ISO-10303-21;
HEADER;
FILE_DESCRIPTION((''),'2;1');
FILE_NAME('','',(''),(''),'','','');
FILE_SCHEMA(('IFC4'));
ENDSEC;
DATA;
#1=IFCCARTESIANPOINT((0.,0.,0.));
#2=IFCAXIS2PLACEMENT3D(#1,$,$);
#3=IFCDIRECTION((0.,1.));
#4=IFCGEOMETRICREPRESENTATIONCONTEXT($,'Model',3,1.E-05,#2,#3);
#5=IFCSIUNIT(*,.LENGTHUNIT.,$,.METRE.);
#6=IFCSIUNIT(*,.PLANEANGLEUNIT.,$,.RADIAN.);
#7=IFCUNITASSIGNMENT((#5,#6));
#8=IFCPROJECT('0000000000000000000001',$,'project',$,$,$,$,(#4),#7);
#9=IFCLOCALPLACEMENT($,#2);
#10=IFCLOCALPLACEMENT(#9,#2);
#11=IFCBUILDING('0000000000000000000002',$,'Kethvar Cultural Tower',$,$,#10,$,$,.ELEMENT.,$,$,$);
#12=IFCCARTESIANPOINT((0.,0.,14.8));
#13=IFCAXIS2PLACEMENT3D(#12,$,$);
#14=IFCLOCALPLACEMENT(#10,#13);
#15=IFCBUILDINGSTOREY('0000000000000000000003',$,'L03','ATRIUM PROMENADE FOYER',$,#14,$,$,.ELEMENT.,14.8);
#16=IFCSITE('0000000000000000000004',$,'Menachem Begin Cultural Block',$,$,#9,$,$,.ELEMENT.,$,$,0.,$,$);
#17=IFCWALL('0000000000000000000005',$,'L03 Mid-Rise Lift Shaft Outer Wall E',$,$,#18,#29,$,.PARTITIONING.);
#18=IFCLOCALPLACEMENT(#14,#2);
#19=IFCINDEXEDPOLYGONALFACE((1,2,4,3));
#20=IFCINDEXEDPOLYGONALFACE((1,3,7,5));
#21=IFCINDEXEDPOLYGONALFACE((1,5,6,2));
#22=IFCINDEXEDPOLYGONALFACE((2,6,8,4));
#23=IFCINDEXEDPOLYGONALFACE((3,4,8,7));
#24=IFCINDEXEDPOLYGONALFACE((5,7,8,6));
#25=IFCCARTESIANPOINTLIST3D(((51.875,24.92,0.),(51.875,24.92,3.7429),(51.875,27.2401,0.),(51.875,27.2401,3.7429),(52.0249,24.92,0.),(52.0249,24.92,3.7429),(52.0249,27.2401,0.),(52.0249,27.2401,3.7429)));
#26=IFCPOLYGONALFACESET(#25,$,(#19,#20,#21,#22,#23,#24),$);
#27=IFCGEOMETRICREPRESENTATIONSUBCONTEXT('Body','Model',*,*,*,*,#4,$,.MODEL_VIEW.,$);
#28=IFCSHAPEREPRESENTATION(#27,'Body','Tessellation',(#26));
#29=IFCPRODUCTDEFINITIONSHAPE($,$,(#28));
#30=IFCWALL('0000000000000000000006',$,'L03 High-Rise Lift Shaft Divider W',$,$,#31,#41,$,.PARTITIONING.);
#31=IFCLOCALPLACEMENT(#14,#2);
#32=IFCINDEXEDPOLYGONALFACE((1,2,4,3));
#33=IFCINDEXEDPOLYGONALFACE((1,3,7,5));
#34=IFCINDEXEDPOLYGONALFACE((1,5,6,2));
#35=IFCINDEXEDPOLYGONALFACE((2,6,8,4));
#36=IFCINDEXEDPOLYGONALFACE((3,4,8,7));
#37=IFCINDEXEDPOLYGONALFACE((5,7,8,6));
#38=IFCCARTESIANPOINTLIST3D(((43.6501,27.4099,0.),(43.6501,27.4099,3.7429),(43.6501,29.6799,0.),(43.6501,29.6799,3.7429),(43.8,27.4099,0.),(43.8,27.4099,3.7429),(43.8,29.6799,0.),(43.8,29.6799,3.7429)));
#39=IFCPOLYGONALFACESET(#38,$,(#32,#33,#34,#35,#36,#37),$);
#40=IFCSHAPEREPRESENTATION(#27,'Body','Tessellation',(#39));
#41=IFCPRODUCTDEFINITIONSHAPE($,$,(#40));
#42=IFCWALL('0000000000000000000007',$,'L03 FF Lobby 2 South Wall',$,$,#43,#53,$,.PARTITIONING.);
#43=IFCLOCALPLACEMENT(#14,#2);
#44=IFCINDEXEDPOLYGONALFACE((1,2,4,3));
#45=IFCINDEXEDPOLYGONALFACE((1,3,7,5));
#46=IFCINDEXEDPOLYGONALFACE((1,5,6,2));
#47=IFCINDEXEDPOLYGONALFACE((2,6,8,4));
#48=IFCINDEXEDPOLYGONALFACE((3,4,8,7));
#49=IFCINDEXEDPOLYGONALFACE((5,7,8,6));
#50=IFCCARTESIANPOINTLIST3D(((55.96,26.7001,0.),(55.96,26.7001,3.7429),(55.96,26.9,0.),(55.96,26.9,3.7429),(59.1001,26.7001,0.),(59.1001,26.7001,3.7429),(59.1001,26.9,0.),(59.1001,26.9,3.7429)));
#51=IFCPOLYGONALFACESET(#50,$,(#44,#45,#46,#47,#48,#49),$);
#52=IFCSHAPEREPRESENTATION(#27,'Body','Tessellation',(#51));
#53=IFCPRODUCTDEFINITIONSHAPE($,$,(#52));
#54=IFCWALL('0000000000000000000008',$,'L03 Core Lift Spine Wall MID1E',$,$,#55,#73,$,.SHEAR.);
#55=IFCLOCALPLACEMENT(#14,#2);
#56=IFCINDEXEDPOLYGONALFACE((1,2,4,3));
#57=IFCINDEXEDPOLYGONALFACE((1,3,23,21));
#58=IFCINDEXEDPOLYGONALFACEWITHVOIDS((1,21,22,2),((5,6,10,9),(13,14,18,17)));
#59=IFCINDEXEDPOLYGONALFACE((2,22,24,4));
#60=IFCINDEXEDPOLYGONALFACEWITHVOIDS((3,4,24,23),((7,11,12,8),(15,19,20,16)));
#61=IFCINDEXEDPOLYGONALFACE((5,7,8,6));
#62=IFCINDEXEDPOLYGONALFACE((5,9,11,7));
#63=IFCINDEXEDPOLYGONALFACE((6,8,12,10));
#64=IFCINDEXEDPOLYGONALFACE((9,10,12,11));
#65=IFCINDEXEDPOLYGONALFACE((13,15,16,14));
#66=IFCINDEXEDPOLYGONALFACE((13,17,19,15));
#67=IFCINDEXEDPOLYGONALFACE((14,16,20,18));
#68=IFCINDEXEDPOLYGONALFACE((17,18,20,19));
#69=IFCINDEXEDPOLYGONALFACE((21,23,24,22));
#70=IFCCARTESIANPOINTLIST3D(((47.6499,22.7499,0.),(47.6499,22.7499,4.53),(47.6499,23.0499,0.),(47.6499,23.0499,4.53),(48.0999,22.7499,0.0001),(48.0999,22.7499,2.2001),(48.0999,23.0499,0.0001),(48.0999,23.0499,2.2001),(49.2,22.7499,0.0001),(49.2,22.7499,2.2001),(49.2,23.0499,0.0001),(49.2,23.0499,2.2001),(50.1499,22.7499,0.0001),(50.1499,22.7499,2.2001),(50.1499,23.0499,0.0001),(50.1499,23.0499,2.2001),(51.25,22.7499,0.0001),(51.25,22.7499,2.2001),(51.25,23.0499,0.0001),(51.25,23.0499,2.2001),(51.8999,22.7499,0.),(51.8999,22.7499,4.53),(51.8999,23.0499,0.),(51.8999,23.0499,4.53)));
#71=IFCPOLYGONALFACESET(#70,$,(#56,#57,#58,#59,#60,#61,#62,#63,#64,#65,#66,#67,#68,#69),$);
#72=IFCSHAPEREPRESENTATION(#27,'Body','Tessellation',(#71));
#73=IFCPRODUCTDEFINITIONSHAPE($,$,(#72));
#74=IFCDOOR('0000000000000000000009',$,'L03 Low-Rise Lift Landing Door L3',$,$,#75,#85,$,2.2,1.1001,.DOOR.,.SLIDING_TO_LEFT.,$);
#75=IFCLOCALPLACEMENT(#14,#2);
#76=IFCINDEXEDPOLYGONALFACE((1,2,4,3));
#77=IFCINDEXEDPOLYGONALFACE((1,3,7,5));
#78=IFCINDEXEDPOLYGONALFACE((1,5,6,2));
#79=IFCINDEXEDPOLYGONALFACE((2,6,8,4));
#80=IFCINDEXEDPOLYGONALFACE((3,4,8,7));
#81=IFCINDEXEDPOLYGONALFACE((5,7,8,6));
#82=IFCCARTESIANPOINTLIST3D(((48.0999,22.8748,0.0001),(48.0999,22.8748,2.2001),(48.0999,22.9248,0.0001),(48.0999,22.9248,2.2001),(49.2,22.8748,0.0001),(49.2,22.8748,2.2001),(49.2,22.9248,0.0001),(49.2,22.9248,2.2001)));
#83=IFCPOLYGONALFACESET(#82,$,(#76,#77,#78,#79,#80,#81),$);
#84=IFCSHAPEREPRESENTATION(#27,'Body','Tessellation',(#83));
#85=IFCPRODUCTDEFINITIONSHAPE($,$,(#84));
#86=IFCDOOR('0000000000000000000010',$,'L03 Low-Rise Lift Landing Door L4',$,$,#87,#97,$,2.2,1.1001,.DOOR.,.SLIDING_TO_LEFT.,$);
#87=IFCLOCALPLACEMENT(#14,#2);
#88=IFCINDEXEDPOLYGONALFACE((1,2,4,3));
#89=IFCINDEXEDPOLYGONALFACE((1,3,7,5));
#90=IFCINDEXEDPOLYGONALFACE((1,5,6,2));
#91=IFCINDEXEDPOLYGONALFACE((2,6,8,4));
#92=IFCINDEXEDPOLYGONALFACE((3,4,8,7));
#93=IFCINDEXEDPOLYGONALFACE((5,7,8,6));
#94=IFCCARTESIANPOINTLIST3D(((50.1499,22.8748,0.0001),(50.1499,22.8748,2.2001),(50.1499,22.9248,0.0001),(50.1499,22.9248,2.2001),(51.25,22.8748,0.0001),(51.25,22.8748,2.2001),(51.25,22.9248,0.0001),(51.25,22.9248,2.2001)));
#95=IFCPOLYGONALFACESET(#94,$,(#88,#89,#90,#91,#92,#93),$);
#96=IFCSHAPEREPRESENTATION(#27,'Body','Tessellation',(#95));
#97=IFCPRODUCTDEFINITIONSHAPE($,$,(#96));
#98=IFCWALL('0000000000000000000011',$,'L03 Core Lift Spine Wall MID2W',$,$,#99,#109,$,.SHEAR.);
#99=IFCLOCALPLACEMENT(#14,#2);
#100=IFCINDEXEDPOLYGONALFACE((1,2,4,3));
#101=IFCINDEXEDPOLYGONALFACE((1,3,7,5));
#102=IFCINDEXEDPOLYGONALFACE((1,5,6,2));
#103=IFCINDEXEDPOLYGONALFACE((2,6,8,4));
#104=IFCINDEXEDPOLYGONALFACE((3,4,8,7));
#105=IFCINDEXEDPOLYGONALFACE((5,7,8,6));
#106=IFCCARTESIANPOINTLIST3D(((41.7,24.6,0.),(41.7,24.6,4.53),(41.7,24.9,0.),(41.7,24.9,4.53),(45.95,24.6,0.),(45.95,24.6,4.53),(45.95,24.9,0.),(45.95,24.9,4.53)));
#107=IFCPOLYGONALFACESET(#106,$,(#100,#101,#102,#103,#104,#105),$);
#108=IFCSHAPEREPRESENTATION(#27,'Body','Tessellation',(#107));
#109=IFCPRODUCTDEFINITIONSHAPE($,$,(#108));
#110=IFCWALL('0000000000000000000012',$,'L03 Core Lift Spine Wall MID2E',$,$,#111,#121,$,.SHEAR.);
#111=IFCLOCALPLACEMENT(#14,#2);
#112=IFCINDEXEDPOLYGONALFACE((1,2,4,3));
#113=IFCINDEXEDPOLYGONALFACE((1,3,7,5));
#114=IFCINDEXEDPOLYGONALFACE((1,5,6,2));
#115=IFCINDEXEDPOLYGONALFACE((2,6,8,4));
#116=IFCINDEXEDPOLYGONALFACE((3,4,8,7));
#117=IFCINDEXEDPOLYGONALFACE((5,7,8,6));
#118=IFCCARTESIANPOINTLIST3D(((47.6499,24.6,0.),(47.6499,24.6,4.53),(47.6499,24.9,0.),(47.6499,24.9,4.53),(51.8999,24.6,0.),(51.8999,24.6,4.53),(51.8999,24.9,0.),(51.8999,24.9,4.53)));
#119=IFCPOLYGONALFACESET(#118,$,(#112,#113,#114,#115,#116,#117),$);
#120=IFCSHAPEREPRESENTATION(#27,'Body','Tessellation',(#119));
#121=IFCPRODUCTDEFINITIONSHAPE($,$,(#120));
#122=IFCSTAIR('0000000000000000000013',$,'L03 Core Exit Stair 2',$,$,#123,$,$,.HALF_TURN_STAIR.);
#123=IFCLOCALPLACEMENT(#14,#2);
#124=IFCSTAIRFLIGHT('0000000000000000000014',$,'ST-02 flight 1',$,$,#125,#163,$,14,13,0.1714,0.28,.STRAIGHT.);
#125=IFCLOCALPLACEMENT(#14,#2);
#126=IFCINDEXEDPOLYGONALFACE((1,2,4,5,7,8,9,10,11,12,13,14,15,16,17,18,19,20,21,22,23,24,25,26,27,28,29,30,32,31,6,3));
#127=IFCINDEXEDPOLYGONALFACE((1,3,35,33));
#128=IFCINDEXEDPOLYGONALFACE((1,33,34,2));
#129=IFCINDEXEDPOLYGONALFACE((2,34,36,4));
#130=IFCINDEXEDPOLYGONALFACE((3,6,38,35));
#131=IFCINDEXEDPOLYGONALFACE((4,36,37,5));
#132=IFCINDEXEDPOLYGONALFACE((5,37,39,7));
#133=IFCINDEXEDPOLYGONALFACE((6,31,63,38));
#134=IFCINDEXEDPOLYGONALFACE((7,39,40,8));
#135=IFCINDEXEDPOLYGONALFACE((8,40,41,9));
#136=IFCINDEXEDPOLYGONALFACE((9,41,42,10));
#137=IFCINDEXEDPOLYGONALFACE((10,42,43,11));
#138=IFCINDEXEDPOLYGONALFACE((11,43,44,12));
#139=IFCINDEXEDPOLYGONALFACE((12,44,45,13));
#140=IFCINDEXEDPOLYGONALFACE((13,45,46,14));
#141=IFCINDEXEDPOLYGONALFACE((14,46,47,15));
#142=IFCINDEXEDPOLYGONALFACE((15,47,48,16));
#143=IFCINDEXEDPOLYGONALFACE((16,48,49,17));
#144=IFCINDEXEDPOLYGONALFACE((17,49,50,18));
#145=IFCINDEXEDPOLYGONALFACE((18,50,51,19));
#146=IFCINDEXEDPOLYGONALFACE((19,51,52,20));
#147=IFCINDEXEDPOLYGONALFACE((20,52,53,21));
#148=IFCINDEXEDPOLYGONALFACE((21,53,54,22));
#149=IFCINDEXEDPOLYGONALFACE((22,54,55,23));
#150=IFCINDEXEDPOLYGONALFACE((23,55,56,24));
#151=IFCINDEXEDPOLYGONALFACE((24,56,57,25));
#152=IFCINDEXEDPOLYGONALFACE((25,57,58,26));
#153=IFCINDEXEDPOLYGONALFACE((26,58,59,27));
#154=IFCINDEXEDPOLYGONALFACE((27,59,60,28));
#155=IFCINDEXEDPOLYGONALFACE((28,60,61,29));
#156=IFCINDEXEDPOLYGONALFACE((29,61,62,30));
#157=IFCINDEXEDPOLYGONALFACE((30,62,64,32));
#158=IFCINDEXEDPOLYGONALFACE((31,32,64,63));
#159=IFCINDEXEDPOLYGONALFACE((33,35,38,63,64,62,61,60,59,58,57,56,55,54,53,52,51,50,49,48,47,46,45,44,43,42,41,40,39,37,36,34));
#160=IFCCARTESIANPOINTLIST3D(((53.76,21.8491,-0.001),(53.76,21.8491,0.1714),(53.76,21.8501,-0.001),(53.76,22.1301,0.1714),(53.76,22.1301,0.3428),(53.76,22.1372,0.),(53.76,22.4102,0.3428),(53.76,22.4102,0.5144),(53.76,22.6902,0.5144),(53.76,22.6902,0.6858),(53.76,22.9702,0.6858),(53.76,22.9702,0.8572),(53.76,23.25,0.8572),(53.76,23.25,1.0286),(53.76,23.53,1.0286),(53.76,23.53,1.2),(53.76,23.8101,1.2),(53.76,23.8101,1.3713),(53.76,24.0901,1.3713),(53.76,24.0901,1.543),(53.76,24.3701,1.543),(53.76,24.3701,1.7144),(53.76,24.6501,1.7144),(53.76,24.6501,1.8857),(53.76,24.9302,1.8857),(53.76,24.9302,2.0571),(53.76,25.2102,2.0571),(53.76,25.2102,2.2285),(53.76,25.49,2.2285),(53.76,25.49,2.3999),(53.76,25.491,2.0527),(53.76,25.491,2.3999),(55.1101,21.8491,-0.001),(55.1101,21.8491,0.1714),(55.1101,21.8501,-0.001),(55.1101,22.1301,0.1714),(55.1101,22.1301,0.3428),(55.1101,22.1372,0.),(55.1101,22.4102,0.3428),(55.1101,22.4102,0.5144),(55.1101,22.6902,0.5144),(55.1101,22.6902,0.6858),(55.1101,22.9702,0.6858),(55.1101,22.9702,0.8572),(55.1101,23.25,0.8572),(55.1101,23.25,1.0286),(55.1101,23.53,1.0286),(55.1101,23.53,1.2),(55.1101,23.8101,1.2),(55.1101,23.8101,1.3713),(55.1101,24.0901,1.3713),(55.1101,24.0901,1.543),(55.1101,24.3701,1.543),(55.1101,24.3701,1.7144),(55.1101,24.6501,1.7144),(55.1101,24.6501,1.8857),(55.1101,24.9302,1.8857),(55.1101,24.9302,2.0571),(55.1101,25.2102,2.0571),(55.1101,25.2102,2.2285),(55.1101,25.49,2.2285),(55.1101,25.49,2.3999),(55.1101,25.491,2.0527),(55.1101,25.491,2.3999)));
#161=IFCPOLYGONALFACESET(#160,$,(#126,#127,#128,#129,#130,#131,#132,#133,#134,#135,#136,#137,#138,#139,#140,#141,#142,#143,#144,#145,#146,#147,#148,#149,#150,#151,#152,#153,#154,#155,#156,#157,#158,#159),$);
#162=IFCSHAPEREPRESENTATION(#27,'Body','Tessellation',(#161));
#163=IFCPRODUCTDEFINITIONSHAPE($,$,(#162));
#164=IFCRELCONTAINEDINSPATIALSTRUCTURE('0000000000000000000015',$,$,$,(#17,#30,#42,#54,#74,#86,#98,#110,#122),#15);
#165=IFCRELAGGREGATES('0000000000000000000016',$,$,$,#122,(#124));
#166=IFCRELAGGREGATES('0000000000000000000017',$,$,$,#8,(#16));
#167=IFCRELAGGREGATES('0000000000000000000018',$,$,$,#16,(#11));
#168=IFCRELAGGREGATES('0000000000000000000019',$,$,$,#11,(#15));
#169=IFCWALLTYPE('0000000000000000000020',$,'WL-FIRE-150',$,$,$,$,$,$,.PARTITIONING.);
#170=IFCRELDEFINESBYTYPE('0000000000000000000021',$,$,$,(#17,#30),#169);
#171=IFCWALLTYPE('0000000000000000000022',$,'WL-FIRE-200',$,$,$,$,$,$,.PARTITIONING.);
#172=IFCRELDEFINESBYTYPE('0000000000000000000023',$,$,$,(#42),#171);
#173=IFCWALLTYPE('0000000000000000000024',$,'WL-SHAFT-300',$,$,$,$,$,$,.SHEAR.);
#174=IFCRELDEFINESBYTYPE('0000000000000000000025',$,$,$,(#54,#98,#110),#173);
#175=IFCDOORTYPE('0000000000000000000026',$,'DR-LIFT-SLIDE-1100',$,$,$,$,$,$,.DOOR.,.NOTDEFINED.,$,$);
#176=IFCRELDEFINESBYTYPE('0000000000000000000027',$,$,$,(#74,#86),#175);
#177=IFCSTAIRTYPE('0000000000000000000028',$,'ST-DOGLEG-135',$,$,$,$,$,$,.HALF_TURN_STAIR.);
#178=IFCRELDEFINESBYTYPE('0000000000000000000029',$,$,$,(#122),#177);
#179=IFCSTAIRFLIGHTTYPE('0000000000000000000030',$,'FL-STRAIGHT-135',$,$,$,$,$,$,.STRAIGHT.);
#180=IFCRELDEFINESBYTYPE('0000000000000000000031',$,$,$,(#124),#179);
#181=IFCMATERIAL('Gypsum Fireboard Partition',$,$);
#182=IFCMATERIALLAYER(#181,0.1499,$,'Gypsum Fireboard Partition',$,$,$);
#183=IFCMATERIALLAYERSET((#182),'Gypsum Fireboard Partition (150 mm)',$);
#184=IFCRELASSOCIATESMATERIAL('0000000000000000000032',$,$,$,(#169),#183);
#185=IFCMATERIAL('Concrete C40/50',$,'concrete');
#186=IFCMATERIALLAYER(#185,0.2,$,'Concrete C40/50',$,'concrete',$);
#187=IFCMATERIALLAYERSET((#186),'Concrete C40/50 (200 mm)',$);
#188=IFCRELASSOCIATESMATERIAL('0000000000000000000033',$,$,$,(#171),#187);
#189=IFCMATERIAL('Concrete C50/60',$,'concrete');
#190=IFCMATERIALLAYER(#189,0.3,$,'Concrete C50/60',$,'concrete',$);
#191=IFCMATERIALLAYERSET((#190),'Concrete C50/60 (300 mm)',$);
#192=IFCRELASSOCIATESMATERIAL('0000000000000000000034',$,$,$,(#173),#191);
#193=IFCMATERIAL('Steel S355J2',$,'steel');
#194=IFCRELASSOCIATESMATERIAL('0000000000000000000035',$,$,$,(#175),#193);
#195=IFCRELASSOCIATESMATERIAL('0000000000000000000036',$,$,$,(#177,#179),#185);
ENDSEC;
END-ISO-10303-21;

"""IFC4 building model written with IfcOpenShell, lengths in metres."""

from ifc_helpers import new_model, si_unit, direction, frame, frame_2d, origin, place, context, subcontext, project, spatial, polyline, rectangle, outline, extrude, source, transform, mapped, material, layer, layer_set, type_object, element, fill, aggregate, save


model = new_model("IFC4")

# Units and contexts
model_context = context("Model", 3, precision=1e-05, world=origin(), true_north=direction((0.0, 1.0)))
body_context = subcontext(model_context, "Body", "Model", "MODEL_VIEW")
ifc_project = project(units=[si_unit("LENGTHUNIT", "METRE"), si_unit("PLANEANGLEUNIT", "RADIAN")], contexts=[model_context])

# Site, building, storey
site_placement = place(None, origin())
site = spatial("IfcSite", under=ifc_project, at=site_placement, Name="Menachem Begin Cultural Block", CompositionType="ELEMENT", RefElevation=0.0)
building_placement = place(site_placement, origin())
building = spatial("IfcBuilding", under=site, at=building_placement, Name="Kethvar Cultural Tower", CompositionType="ELEMENT")
storey_placement = place(building_placement, frame((0.0, 0.0, 14.8)))
storey = spatial("IfcBuildingStorey", under=building, at=storey_placement, Name="L03", Description="ATRIUM PROMENADE FOYER", CompositionType="ELEMENT", Elevation=14.8)

# Shared definitions
ifc_material_1 = material(Name="Steel S355J2", Category="steel")

# Walls
ifc_material_2 = material(Name="Gypsum Fireboard Partition")
ifc_layer_1 = layer(ifc_material_2, 0.1499, Name="Gypsum Fireboard Partition")
ifc_layer_set_1 = layer_set([ifc_layer_1], Name="Gypsum Fireboard Partition (150 mm)")
wall_type_1 = type_object("IfcWallType", Name="WL-FIRE-150", PredefinedType="PARTITIONING", material=ifc_layer_set_1)
for number, where, z_axis, x_axis, name in (
    (1, (51.95, 24.9199, 0.0), (0.0, 0.0, 1.0), (0.0, 1.0, 0.0), "L03 Mid-Rise Lift Shaft Outer Wall E"),
):
    element("IfcWall", number, at=place(storey_placement, frame(where, z_axis=z_axis, x_axis=x_axis)), inside=storey, type_object=wall_type_1, Name=name, PredefinedType="PARTITIONING", context=body_context, shape_type="SweptSolid", body=[
        extrude(rectangle(XDim=2.3201, YDim=0.1499, at=frame_2d((1.1602, 0.0))), origin(), (0.0, 0.0, 1.0), 3.7429),
    ])
wall_1_placement = place(storey_placement, frame((43.7251, 27.4099, 0.0), z_axis=(0.0, 0.0, 1.0), x_axis=(0.0, 1.0, 0.0)))
element("IfcWall", 2, at=wall_1_placement, inside=storey, type_object=wall_type_1, Name="L03 High-Rise Lift Shaft Divider W", PredefinedType="PARTITIONING", context=body_context, shape_type="SweptSolid", body=[
    extrude(rectangle(XDim=2.27, YDim=0.1499, at=frame_2d((1.135, 0.0))), origin(), (0.0, 0.0, 1.0), 3.7429),
])

# Shared definitions
ifc_material_3 = material(Name="Concrete C40/50", Category="concrete")
ifc_layer_2 = layer(ifc_material_3, 0.2, Name="Concrete C40/50", Category="concrete")
ifc_layer_set_2 = layer_set([ifc_layer_2], Name="Concrete C40/50 (200 mm)")
wall_type_2 = type_object("IfcWallType", Name="WL-FIRE-200", PredefinedType="PARTITIONING", material=ifc_layer_set_2)

# Wall
wall_2_placement = place(storey_placement, frame((55.96, 26.8, 0.0), z_axis=(0.0, 0.0, 1.0), x_axis=(1.0, 0.0, 0.0)))
element("IfcWall", 3, at=wall_2_placement, inside=storey, type_object=wall_type_2, Name="L03 FF Lobby 2 South Wall", PredefinedType="PARTITIONING", context=body_context, shape_type="SweptSolid", body=[
    extrude(rectangle(XDim=3.1401, YDim=0.2, at=frame_2d((1.5701, 0.0))), origin(), (0.0, 0.0, 1.0), 3.7429),
])

# Wall, openings, doors
ifc_material_4 = material(Name="Concrete C50/60", Category="concrete")
ifc_layer_3 = layer(ifc_material_4, 0.3, Name="Concrete C50/60", Category="concrete")
ifc_layer_set_3 = layer_set([ifc_layer_3], Name="Concrete C50/60 (300 mm)")
wall_type_3 = type_object("IfcWallType", Name="WL-SHAFT-300", PredefinedType="SHEAR", material=ifc_layer_set_3)
wall_3_placement = place(storey_placement, frame((47.6499, 22.8999, 0.0), z_axis=(0.0, 0.0, 1.0), x_axis=(1.0, 0.0, 0.0)))
wall_3 = element("IfcWall", 4, at=wall_3_placement, inside=storey, type_object=wall_type_3, Name="L03 Core Lift Spine Wall MID1E", PredefinedType="SHEAR", context=body_context, shape_type="SweptSolid", body=[
    extrude(rectangle(XDim=4.25, YDim=0.3, at=frame_2d((2.125, 0.0))), origin(), (0.0, 0.0, 1.0), 4.53),
])
opening_1_placement = place(wall_3_placement, frame((0.45, 0.0, 0.0)))
opening_1 = element("IfcOpeningElement", 5, at=opening_1_placement, cuts=wall_3, PredefinedType="OPENING", context=body_context, shape_type="SweptSolid", body=[
    extrude(rectangle(XDim=1.1001, YDim=2.2, at=frame_2d((0.55, 1.1001))), frame((0.0, 0.1599, 0.0), z_axis=(0.0, -1.0, 0.0), x_axis=(1.0, 0.0, 0.0)), (0.0, 0.0, 1.0), 0.3201),
])
opening_2_placement = place(wall_3_placement, frame((2.5, 0.0, 0.0)))
opening_2 = element("IfcOpeningElement", 6, at=opening_2_placement, cuts=wall_3, PredefinedType="OPENING", context=body_context, shape_type="SweptSolid", body=[
    extrude(rectangle(XDim=1.1001, YDim=2.2, at=frame_2d((0.55, 1.1001))), frame((0.0, 0.1599, 0.0), z_axis=(0.0, -1.0, 0.0), x_axis=(1.0, 0.0, 0.0)), (0.0, 0.0, 1.0), 0.3201),
])
door_type_1 = type_object("IfcDoorType", Name="DR-LIFT-SLIDE-1100", OperationType="NOTDEFINED", PredefinedType="DOOR", material=ifc_material_1)
shared_shape_1 = source(origin(), body_context, "Body", "SweptSolid", [
    extrude(rectangle(XDim=1.1001, YDim=2.2, at=frame_2d((0.55, 1.1001))), frame((0.0, 0.0249, 0.0), z_axis=(0.0, -1.0, 0.0), x_axis=(1.0, 0.0, 0.0)), (0.0, 0.0, 1.0), 0.05),
])
door_1_placement = place(opening_1_placement, origin())
door_1 = element("IfcDoor", 7, at=door_1_placement, inside=storey, type_object=door_type_1, Name="L03 Low-Rise Lift Landing Door L3", OperationType="SLIDING_TO_LEFT", OverallHeight=2.2, OverallWidth=1.1001, PredefinedType="DOOR", context=body_context, shape_type="MappedRepresentation", body=[
    mapped(shared_shape_1, transform((0.0, 0.0, 0.0), scale=1.0)),
])
fill(opening_1, door_1)
door_2_placement = place(opening_2_placement, origin())
door_2 = element("IfcDoor", 8, at=door_2_placement, inside=storey, type_object=door_type_1, Name="L03 Low-Rise Lift Landing Door L4", OperationType="SLIDING_TO_LEFT", OverallHeight=2.2, OverallWidth=1.1001, PredefinedType="DOOR", context=body_context, shape_type="MappedRepresentation", body=[
    mapped(shared_shape_1, transform((0.0, 0.0, 0.0), scale=1.0)),
])
fill(opening_2, door_2)

# Walls
for number, where, z_axis, x_axis, name in (
    (9, (41.7, 24.75, 0.0), (0.0, 0.0, 1.0), (1.0, 0.0, 0.0), "L03 Core Lift Spine Wall MID2W"),
    (10, (47.6499, 24.75, 0.0), (0.0, 0.0, 1.0), (1.0, 0.0, 0.0), "L03 Core Lift Spine Wall MID2E"),
):
    element("IfcWall", number, at=place(storey_placement, frame(where, z_axis=z_axis, x_axis=x_axis)), inside=storey, type_object=wall_type_3, Name=name, PredefinedType="SHEAR", context=body_context, shape_type="SweptSolid", body=[
        extrude(rectangle(XDim=4.25, YDim=0.3, at=frame_2d((2.125, 0.0))), origin(), (0.0, 0.0, 1.0), 4.53),
    ])

# Stair, stair flight
stair_type = type_object("IfcStairType", Name="ST-DOGLEG-135", PredefinedType="HALF_TURN_STAIR", material=ifc_material_3)
stair_placement = place(storey_placement, origin())
stair = element("IfcStair", 11, at=stair_placement, inside=storey, type_object=stair_type, Name="L03 Core Exit Stair 2", PredefinedType="HALF_TURN_STAIR")
stair_flight_type = type_object("IfcStairFlightType", Name="FL-STRAIGHT-135", PredefinedType="STRAIGHT", material=ifc_material_3)
stair_flight_1_placement = place(storey_placement, frame((54.4351, 21.8501, 0.0), z_axis=(0.0, 0.0, 1.0), x_axis=(0.0, 1.0, 0.0)))
stair_flight_1 = element("IfcStairFlight", 12, at=stair_flight_1_placement, type_object=stair_flight_type, Name="ST-02 flight 1", NumberOfRisers=14, NumberOfTreads=13, PredefinedType="STRAIGHT", RiserHeight=0.1714, TreadLength=0.28, context=body_context, shape_type="SweptSolid", body=[
    extrude(outline(polyline([(-0.001, -0.001), (-0.001, 0.1714), (0.28, 0.1714), (0.28, 0.3428), (0.5601, 0.3428), (0.5601, 0.5144), (0.8401, 0.5144), (0.8401, 0.6858), (1.1201, 0.6858), (1.1201, 0.8572), (1.3999, 0.8572), (1.3999, 1.0286), (1.6799, 1.0286), (1.6799, 1.2), (1.96, 1.2), (1.96, 1.3713), (2.24, 1.3713), (2.24, 1.543), (2.52, 1.543), (2.52, 1.7144), (2.8, 1.7144), (2.8, 1.8857), (3.0801, 1.8857), (3.0801, 2.0571), (3.3601, 2.0571), (3.3601, 2.2285), (3.6399, 2.2285), (3.6399, 2.3999), (3.6409, 2.3999), (3.6409, 2.0527), (0.2871, 0.0), (0.0, -0.001), (-0.001, -0.001)])), frame((0.0, 0.675, 0.0), z_axis=(0.0, -1.0, 0.0), x_axis=(1.0, 0.0, 0.0)), (0.0, 0.0, 1.0), 1.3501),
])
aggregate(stair, [stair_flight_1])

save(model, "model.ifc")
